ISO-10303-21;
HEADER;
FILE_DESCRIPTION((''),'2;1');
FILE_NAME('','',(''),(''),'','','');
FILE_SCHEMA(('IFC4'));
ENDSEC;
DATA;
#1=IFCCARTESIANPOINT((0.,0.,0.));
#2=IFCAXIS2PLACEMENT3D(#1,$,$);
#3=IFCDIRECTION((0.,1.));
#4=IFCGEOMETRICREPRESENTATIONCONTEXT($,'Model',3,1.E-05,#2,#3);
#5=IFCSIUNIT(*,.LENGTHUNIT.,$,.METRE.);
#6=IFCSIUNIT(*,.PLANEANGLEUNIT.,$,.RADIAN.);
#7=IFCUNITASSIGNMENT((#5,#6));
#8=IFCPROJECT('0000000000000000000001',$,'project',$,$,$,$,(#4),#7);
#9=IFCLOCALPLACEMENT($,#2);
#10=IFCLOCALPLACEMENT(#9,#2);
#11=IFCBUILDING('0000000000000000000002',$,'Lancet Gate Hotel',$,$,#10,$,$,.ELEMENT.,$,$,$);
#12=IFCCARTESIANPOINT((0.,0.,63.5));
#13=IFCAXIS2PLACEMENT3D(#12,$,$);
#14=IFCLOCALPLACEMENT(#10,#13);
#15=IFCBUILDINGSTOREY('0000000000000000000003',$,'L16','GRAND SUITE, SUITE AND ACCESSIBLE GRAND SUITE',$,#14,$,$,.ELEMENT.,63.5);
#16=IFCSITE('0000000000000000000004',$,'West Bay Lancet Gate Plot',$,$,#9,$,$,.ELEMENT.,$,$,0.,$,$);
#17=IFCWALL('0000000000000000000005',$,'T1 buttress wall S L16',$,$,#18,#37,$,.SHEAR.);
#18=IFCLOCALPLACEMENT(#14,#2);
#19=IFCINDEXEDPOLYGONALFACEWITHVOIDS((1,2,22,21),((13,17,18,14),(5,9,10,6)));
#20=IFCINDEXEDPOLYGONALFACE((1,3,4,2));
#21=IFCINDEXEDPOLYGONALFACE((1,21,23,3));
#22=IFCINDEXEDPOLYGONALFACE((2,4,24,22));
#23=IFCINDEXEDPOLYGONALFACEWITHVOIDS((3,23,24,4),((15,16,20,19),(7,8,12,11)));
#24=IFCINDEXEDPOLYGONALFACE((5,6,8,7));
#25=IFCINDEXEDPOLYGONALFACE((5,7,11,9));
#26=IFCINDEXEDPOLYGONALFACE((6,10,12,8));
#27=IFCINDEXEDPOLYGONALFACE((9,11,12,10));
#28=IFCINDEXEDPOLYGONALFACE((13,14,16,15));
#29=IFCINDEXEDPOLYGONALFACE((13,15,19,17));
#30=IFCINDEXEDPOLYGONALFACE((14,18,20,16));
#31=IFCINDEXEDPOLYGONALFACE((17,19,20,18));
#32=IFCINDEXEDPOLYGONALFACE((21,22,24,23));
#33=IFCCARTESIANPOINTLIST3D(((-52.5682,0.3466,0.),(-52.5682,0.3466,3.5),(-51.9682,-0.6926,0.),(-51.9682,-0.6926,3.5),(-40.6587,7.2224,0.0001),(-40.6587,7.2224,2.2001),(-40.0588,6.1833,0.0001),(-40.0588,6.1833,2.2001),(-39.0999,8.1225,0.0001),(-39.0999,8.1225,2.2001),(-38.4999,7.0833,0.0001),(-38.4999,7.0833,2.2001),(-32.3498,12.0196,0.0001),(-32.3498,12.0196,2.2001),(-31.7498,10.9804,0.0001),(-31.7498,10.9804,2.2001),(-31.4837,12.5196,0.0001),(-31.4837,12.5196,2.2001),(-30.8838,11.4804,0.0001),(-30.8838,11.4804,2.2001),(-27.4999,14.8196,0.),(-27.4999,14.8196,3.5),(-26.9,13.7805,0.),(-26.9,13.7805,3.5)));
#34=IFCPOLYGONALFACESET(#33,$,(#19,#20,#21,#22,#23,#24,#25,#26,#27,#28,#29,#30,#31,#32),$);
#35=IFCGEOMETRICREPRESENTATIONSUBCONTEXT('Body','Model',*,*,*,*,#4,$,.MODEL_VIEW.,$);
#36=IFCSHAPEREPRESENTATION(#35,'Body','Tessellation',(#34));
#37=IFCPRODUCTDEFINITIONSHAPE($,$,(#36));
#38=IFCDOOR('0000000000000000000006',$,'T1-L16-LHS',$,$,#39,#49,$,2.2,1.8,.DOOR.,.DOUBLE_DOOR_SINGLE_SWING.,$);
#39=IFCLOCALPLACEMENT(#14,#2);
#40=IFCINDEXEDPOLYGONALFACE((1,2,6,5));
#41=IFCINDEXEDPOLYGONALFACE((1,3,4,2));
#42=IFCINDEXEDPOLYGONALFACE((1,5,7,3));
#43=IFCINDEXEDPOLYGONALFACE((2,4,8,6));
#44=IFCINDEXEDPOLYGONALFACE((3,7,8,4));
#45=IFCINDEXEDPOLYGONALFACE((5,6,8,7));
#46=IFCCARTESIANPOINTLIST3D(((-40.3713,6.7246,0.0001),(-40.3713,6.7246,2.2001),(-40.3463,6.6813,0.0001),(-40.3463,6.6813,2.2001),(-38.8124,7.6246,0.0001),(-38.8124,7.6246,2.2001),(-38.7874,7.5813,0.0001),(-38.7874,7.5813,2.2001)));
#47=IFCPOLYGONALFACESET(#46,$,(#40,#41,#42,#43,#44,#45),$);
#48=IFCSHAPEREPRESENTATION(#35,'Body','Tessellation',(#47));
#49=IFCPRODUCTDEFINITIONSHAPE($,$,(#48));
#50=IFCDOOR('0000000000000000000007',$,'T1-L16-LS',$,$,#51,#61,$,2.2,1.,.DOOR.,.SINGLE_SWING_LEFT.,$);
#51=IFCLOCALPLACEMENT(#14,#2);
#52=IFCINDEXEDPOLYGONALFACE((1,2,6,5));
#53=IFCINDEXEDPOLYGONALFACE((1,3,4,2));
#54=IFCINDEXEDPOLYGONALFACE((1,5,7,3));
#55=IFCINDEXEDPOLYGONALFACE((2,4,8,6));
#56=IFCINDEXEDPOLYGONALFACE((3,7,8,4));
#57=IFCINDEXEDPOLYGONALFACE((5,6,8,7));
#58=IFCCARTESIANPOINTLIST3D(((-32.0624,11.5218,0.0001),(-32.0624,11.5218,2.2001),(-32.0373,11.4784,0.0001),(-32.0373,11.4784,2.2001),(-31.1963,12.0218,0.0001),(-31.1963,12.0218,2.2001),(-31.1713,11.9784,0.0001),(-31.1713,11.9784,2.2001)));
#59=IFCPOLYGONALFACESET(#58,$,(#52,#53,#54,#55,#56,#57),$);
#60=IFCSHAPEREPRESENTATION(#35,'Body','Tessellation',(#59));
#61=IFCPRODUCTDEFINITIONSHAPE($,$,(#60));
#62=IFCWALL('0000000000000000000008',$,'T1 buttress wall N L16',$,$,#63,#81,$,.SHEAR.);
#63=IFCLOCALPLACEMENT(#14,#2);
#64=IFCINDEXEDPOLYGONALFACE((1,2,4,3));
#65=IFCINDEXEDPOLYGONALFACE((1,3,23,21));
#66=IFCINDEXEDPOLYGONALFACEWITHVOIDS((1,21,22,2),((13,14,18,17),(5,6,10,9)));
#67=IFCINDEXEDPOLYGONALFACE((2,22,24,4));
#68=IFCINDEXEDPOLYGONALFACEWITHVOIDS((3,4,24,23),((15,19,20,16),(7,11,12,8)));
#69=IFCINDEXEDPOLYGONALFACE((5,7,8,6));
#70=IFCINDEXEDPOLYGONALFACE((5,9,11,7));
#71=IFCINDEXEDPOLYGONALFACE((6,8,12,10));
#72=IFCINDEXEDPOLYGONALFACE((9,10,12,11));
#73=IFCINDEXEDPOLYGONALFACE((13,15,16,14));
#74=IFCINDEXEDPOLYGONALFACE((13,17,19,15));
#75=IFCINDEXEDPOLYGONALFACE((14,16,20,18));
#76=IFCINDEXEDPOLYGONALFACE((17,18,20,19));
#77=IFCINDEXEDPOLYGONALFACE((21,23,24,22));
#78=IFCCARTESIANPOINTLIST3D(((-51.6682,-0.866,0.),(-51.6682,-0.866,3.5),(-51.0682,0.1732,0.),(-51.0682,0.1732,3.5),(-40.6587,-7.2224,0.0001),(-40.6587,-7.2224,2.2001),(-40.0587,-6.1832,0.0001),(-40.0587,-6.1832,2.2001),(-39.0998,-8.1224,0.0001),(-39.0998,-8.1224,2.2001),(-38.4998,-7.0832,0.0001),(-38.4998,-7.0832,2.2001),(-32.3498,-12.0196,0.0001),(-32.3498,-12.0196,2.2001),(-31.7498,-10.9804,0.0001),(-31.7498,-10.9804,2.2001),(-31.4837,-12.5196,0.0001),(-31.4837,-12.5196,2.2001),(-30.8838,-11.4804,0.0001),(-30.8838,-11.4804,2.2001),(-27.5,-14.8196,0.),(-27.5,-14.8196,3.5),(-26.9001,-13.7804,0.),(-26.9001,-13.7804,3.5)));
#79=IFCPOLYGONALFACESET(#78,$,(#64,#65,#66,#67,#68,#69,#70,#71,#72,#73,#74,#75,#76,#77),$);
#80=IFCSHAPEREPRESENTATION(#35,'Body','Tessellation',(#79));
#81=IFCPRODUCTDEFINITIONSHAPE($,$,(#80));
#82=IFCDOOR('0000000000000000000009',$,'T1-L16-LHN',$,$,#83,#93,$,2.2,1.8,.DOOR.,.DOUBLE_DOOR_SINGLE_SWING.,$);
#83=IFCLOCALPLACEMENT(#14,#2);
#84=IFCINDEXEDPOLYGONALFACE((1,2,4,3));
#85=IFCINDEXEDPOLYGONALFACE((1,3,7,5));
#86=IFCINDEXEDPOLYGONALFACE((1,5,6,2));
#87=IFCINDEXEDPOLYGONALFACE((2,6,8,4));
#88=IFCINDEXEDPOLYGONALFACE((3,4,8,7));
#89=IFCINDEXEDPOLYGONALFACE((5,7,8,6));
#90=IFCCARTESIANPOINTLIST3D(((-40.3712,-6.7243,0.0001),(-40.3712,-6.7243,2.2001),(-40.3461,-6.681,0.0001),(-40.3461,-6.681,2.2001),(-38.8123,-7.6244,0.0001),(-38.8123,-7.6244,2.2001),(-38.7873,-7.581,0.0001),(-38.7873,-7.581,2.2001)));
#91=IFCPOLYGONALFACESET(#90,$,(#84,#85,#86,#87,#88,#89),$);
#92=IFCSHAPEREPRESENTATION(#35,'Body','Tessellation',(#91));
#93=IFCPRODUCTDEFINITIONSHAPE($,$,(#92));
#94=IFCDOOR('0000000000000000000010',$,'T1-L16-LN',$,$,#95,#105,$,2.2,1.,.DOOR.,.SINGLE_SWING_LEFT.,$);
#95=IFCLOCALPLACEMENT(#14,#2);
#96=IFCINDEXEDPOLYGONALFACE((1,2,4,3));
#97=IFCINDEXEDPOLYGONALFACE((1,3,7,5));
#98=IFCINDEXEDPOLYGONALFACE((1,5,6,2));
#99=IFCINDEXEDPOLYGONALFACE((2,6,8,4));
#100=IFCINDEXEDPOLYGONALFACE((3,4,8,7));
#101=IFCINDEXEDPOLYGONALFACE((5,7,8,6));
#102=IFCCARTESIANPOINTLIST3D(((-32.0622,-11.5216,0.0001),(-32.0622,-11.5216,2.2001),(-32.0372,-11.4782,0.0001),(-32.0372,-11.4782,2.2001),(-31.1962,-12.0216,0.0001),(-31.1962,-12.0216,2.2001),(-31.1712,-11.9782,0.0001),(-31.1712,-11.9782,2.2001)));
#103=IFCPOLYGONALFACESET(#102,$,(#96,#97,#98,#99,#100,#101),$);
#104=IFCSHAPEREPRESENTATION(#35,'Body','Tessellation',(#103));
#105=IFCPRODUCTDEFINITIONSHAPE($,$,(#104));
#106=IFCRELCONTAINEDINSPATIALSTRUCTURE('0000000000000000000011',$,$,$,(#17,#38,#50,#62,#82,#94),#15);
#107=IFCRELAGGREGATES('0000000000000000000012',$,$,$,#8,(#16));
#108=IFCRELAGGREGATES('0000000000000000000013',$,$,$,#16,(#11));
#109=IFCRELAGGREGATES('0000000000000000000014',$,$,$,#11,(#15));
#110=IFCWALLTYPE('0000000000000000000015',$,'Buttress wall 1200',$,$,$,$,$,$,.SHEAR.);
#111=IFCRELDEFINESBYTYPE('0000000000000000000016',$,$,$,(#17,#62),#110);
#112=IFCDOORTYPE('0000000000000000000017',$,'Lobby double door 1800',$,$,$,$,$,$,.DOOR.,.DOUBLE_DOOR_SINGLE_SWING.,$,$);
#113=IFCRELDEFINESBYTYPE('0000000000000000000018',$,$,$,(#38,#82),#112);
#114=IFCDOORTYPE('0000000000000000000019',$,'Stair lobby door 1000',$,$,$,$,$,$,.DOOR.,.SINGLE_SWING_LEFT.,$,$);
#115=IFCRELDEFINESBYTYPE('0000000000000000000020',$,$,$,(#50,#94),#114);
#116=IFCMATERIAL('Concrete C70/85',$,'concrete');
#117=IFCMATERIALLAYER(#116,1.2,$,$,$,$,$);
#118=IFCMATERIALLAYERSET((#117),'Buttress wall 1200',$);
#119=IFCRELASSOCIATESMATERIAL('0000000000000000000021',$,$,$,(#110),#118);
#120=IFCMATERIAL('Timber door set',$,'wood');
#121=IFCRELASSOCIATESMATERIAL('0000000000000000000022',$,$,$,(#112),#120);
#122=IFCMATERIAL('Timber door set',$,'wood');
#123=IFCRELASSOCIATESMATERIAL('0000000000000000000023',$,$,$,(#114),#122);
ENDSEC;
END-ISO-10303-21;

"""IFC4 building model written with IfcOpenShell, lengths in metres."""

from ifc_helpers import new_model, si_unit, direction, frame, frame_2d, origin, place, context, subcontext, project, spatial, rectangle, extrude, material, layer, layer_set, type_object, element, fill, save


model = new_model("IFC4")

# Units and contexts
model_context = context("Model", 3, precision=1e-05, world=origin(), true_north=direction((0.0, 1.0)))
body_context = subcontext(model_context, "Body", "Model", "MODEL_VIEW")
ifc_project = project(units=[si_unit("LENGTHUNIT", "METRE"), si_unit("PLANEANGLEUNIT", "RADIAN")], contexts=[model_context])

# Site, building, storey
site_placement = place(None, origin())
site = spatial("IfcSite", under=ifc_project, at=site_placement, Name="West Bay Lancet Gate Plot", CompositionType="ELEMENT", RefElevation=0.0)
building_placement = place(site_placement, origin())
building = spatial("IfcBuilding", under=site, at=building_placement, Name="Lancet Gate Hotel", CompositionType="ELEMENT")
storey_placement = place(building_placement, frame((0.0, 0.0, 63.5)))
storey = spatial("IfcBuildingStorey", under=building, at=storey_placement, Name="L16", Description="GRAND SUITE, SUITE AND ACCESSIBLE GRAND SUITE", CompositionType="ELEMENT", Elevation=63.5)

# Walls, openings, doors
ifc_material_1 = material(Name="Concrete C70/85", Category="concrete")
ifc_layer_1 = layer(ifc_material_1, 1.2)
ifc_layer_set_1 = layer_set([ifc_layer_1], Name="Buttress wall 1200")
wall_type = type_object("IfcWallType", Name="Buttress wall 1200", PredefinedType="SHEAR", material=ifc_layer_set_1)
wall_1_placement = place(storey_placement, frame((-27.2, 14.3, 0.0), z_axis=(0.0, 0.0, 1.0), x_axis=(-0.866027, -0.499998, 0.0)))
wall_1 = element("IfcWall", 1, at=wall_1_placement, inside=storey, type_object=wall_type, Name="T1 buttress wall S L16", PredefinedType="SHEAR", context=body_context, shape_type="SweptSolid", body=[
    extrude(rectangle(XDim=28.9463, YDim=1.2, at=frame_2d((14.4731, 0.0))), origin(), (0.0, 0.0, 1.0), 3.5),
])
opening_1_placement = place(wall_1_placement, frame((4.6001, 0.0, 0.0)))
opening_1 = element("IfcOpeningElement", 2, at=opening_1_placement, cuts=wall_1, PredefinedType="OPENING", context=body_context, shape_type="SweptSolid", body=[
    extrude(rectangle(XDim=1.0, YDim=2.2, at=frame_2d((0.5, 1.1001))), frame((0.0, 0.6099, 0.0), z_axis=(0.0, -1.0, 0.0), x_axis=(1.0, 0.0, 0.0)), (0.0, 0.0, 1.0), 1.22),
])
opening_2_placement = place(wall_1_placement, frame((13.3945, 0.0, 0.0)))
opening_2 = element("IfcOpeningElement", 3, at=opening_2_placement, cuts=wall_1, PredefinedType="OPENING", context=body_context, shape_type="SweptSolid", body=[
    extrude(rectangle(XDim=1.8, YDim=2.2, at=frame_2d((0.8999, 1.1001))), frame((0.0, 0.6099, 0.0), z_axis=(0.0, -1.0, 0.0), x_axis=(1.0, 0.0, 0.0)), (0.0, 0.0, 1.0), 1.22),
])
ifc_material_2 = material(Name="Timber door set", Category="wood")
door_type_1 = type_object("IfcDoorType", Name="Lobby double door 1800", OperationType="DOUBLE_DOOR_SINGLE_SWING", PredefinedType="DOOR", material=ifc_material_2)
door_1_placement = place(opening_2_placement, origin())
door_1 = element("IfcDoor", 4, at=door_1_placement, inside=storey, type_object=door_type_1, Name="T1-L16-LHS", OperationType="DOUBLE_DOOR_SINGLE_SWING", OverallHeight=2.2, OverallWidth=1.8, PredefinedType="DOOR", context=body_context, shape_type="SweptSolid", body=[
    extrude(rectangle(XDim=1.8, YDim=2.2, at=frame_2d((0.8999, 1.1001))), frame((0.0, 0.0249, 0.0), z_axis=(0.0, -1.0, 0.0), x_axis=(1.0, 0.0, 0.0)), (0.0, 0.0, 1.0), 0.05),
])
fill(opening_2, door_1)
ifc_material_3 = material(Name="Timber door set", Category="wood")
door_type_2 = type_object("IfcDoorType", Name="Stair lobby door 1000", OperationType="SINGLE_SWING_LEFT", PredefinedType="DOOR", material=ifc_material_3)
door_2_placement = place(opening_1_placement, origin())
door_2 = element("IfcDoor", 5, at=door_2_placement, inside=storey, type_object=door_type_2, Name="T1-L16-LS", OperationType="SINGLE_SWING_LEFT", OverallHeight=2.2, OverallWidth=1.0, PredefinedType="DOOR", context=body_context, shape_type="SweptSolid", body=[
    extrude(rectangle(XDim=1.0, YDim=2.2, at=frame_2d((0.5, 1.1001))), frame((0.0, 0.0249, 0.0), z_axis=(0.0, -1.0, 0.0), x_axis=(1.0, 0.0, 0.0)), (0.0, 0.0, 1.0), 0.05),
])
fill(opening_1, door_2)
wall_2_placement = place(storey_placement, frame((-27.2, -14.3, 0.0), z_axis=(0.0, 0.0, 1.0), x_axis=(-0.866024, 0.500002, 0.0)))
wall_2 = element("IfcWall", 6, at=wall_2_placement, inside=storey, type_object=wall_type, Name="T1 buttress wall N L16", PredefinedType="SHEAR", context=body_context, shape_type="SweptSolid", body=[
    extrude(rectangle(XDim=27.907, YDim=1.2, at=frame_2d((13.9536, 0.0))), origin(), (0.0, 0.0, 1.0), 3.5),
])
opening_3_placement = place(wall_2_placement, frame((4.6001, 0.0, 0.0)))
opening_3 = element("IfcOpeningElement", 7, at=opening_3_placement, cuts=wall_2, PredefinedType="OPENING", context=body_context, shape_type="SweptSolid", body=[
    extrude(rectangle(XDim=1.0, YDim=2.2, at=frame_2d((0.5, 1.1001))), frame((0.0, 0.6099, 0.0), z_axis=(0.0, -1.0, 0.0), x_axis=(1.0, 0.0, 0.0)), (0.0, 0.0, 1.0), 1.22),
])
opening_4_placement = place(wall_2_placement, frame((13.3945, 0.0, 0.0)))
opening_4 = element("IfcOpeningElement", 8, at=opening_4_placement, cuts=wall_2, PredefinedType="OPENING", context=body_context, shape_type="SweptSolid", body=[
    extrude(rectangle(XDim=1.8, YDim=2.2, at=frame_2d((0.8999, 1.1001))), frame((0.0, 0.6099, 0.0), z_axis=(0.0, -1.0, 0.0), x_axis=(1.0, 0.0, 0.0)), (0.0, 0.0, 1.0), 1.22),
])
door_3_placement = place(opening_4_placement, origin())
door_3 = element("IfcDoor", 9, at=door_3_placement, inside=storey, type_object=door_type_1, Name="T1-L16-LHN", OperationType="DOUBLE_DOOR_SINGLE_SWING", OverallHeight=2.2, OverallWidth=1.8, PredefinedType="DOOR", context=body_context, shape_type="SweptSolid", body=[
    extrude(rectangle(XDim=1.8, YDim=2.2, at=frame_2d((0.8999, 1.1001))), frame((0.0, 0.0249, 0.0), z_axis=(0.0, -1.0, 0.0), x_axis=(1.0, 0.0, 0.0)), (0.0, 0.0, 1.0), 0.05),
])
fill(opening_4, door_3)
door_4_placement = place(opening_3_placement, origin())
door_4 = element("IfcDoor", 10, at=door_4_placement, inside=storey, type_object=door_type_2, Name="T1-L16-LN", OperationType="SINGLE_SWING_LEFT", OverallHeight=2.2, OverallWidth=1.0, PredefinedType="DOOR", context=body_context, shape_type="SweptSolid", body=[
    extrude(rectangle(XDim=1.0, YDim=2.2, at=frame_2d((0.5, 1.1001))), frame((0.0, 0.0249, 0.0), z_axis=(0.0, -1.0, 0.0), x_axis=(1.0, 0.0, 0.0)), (0.0, 0.0, 1.0), 0.05),
])
fill(opening_3, door_4)

save(model, "model.ifc")
